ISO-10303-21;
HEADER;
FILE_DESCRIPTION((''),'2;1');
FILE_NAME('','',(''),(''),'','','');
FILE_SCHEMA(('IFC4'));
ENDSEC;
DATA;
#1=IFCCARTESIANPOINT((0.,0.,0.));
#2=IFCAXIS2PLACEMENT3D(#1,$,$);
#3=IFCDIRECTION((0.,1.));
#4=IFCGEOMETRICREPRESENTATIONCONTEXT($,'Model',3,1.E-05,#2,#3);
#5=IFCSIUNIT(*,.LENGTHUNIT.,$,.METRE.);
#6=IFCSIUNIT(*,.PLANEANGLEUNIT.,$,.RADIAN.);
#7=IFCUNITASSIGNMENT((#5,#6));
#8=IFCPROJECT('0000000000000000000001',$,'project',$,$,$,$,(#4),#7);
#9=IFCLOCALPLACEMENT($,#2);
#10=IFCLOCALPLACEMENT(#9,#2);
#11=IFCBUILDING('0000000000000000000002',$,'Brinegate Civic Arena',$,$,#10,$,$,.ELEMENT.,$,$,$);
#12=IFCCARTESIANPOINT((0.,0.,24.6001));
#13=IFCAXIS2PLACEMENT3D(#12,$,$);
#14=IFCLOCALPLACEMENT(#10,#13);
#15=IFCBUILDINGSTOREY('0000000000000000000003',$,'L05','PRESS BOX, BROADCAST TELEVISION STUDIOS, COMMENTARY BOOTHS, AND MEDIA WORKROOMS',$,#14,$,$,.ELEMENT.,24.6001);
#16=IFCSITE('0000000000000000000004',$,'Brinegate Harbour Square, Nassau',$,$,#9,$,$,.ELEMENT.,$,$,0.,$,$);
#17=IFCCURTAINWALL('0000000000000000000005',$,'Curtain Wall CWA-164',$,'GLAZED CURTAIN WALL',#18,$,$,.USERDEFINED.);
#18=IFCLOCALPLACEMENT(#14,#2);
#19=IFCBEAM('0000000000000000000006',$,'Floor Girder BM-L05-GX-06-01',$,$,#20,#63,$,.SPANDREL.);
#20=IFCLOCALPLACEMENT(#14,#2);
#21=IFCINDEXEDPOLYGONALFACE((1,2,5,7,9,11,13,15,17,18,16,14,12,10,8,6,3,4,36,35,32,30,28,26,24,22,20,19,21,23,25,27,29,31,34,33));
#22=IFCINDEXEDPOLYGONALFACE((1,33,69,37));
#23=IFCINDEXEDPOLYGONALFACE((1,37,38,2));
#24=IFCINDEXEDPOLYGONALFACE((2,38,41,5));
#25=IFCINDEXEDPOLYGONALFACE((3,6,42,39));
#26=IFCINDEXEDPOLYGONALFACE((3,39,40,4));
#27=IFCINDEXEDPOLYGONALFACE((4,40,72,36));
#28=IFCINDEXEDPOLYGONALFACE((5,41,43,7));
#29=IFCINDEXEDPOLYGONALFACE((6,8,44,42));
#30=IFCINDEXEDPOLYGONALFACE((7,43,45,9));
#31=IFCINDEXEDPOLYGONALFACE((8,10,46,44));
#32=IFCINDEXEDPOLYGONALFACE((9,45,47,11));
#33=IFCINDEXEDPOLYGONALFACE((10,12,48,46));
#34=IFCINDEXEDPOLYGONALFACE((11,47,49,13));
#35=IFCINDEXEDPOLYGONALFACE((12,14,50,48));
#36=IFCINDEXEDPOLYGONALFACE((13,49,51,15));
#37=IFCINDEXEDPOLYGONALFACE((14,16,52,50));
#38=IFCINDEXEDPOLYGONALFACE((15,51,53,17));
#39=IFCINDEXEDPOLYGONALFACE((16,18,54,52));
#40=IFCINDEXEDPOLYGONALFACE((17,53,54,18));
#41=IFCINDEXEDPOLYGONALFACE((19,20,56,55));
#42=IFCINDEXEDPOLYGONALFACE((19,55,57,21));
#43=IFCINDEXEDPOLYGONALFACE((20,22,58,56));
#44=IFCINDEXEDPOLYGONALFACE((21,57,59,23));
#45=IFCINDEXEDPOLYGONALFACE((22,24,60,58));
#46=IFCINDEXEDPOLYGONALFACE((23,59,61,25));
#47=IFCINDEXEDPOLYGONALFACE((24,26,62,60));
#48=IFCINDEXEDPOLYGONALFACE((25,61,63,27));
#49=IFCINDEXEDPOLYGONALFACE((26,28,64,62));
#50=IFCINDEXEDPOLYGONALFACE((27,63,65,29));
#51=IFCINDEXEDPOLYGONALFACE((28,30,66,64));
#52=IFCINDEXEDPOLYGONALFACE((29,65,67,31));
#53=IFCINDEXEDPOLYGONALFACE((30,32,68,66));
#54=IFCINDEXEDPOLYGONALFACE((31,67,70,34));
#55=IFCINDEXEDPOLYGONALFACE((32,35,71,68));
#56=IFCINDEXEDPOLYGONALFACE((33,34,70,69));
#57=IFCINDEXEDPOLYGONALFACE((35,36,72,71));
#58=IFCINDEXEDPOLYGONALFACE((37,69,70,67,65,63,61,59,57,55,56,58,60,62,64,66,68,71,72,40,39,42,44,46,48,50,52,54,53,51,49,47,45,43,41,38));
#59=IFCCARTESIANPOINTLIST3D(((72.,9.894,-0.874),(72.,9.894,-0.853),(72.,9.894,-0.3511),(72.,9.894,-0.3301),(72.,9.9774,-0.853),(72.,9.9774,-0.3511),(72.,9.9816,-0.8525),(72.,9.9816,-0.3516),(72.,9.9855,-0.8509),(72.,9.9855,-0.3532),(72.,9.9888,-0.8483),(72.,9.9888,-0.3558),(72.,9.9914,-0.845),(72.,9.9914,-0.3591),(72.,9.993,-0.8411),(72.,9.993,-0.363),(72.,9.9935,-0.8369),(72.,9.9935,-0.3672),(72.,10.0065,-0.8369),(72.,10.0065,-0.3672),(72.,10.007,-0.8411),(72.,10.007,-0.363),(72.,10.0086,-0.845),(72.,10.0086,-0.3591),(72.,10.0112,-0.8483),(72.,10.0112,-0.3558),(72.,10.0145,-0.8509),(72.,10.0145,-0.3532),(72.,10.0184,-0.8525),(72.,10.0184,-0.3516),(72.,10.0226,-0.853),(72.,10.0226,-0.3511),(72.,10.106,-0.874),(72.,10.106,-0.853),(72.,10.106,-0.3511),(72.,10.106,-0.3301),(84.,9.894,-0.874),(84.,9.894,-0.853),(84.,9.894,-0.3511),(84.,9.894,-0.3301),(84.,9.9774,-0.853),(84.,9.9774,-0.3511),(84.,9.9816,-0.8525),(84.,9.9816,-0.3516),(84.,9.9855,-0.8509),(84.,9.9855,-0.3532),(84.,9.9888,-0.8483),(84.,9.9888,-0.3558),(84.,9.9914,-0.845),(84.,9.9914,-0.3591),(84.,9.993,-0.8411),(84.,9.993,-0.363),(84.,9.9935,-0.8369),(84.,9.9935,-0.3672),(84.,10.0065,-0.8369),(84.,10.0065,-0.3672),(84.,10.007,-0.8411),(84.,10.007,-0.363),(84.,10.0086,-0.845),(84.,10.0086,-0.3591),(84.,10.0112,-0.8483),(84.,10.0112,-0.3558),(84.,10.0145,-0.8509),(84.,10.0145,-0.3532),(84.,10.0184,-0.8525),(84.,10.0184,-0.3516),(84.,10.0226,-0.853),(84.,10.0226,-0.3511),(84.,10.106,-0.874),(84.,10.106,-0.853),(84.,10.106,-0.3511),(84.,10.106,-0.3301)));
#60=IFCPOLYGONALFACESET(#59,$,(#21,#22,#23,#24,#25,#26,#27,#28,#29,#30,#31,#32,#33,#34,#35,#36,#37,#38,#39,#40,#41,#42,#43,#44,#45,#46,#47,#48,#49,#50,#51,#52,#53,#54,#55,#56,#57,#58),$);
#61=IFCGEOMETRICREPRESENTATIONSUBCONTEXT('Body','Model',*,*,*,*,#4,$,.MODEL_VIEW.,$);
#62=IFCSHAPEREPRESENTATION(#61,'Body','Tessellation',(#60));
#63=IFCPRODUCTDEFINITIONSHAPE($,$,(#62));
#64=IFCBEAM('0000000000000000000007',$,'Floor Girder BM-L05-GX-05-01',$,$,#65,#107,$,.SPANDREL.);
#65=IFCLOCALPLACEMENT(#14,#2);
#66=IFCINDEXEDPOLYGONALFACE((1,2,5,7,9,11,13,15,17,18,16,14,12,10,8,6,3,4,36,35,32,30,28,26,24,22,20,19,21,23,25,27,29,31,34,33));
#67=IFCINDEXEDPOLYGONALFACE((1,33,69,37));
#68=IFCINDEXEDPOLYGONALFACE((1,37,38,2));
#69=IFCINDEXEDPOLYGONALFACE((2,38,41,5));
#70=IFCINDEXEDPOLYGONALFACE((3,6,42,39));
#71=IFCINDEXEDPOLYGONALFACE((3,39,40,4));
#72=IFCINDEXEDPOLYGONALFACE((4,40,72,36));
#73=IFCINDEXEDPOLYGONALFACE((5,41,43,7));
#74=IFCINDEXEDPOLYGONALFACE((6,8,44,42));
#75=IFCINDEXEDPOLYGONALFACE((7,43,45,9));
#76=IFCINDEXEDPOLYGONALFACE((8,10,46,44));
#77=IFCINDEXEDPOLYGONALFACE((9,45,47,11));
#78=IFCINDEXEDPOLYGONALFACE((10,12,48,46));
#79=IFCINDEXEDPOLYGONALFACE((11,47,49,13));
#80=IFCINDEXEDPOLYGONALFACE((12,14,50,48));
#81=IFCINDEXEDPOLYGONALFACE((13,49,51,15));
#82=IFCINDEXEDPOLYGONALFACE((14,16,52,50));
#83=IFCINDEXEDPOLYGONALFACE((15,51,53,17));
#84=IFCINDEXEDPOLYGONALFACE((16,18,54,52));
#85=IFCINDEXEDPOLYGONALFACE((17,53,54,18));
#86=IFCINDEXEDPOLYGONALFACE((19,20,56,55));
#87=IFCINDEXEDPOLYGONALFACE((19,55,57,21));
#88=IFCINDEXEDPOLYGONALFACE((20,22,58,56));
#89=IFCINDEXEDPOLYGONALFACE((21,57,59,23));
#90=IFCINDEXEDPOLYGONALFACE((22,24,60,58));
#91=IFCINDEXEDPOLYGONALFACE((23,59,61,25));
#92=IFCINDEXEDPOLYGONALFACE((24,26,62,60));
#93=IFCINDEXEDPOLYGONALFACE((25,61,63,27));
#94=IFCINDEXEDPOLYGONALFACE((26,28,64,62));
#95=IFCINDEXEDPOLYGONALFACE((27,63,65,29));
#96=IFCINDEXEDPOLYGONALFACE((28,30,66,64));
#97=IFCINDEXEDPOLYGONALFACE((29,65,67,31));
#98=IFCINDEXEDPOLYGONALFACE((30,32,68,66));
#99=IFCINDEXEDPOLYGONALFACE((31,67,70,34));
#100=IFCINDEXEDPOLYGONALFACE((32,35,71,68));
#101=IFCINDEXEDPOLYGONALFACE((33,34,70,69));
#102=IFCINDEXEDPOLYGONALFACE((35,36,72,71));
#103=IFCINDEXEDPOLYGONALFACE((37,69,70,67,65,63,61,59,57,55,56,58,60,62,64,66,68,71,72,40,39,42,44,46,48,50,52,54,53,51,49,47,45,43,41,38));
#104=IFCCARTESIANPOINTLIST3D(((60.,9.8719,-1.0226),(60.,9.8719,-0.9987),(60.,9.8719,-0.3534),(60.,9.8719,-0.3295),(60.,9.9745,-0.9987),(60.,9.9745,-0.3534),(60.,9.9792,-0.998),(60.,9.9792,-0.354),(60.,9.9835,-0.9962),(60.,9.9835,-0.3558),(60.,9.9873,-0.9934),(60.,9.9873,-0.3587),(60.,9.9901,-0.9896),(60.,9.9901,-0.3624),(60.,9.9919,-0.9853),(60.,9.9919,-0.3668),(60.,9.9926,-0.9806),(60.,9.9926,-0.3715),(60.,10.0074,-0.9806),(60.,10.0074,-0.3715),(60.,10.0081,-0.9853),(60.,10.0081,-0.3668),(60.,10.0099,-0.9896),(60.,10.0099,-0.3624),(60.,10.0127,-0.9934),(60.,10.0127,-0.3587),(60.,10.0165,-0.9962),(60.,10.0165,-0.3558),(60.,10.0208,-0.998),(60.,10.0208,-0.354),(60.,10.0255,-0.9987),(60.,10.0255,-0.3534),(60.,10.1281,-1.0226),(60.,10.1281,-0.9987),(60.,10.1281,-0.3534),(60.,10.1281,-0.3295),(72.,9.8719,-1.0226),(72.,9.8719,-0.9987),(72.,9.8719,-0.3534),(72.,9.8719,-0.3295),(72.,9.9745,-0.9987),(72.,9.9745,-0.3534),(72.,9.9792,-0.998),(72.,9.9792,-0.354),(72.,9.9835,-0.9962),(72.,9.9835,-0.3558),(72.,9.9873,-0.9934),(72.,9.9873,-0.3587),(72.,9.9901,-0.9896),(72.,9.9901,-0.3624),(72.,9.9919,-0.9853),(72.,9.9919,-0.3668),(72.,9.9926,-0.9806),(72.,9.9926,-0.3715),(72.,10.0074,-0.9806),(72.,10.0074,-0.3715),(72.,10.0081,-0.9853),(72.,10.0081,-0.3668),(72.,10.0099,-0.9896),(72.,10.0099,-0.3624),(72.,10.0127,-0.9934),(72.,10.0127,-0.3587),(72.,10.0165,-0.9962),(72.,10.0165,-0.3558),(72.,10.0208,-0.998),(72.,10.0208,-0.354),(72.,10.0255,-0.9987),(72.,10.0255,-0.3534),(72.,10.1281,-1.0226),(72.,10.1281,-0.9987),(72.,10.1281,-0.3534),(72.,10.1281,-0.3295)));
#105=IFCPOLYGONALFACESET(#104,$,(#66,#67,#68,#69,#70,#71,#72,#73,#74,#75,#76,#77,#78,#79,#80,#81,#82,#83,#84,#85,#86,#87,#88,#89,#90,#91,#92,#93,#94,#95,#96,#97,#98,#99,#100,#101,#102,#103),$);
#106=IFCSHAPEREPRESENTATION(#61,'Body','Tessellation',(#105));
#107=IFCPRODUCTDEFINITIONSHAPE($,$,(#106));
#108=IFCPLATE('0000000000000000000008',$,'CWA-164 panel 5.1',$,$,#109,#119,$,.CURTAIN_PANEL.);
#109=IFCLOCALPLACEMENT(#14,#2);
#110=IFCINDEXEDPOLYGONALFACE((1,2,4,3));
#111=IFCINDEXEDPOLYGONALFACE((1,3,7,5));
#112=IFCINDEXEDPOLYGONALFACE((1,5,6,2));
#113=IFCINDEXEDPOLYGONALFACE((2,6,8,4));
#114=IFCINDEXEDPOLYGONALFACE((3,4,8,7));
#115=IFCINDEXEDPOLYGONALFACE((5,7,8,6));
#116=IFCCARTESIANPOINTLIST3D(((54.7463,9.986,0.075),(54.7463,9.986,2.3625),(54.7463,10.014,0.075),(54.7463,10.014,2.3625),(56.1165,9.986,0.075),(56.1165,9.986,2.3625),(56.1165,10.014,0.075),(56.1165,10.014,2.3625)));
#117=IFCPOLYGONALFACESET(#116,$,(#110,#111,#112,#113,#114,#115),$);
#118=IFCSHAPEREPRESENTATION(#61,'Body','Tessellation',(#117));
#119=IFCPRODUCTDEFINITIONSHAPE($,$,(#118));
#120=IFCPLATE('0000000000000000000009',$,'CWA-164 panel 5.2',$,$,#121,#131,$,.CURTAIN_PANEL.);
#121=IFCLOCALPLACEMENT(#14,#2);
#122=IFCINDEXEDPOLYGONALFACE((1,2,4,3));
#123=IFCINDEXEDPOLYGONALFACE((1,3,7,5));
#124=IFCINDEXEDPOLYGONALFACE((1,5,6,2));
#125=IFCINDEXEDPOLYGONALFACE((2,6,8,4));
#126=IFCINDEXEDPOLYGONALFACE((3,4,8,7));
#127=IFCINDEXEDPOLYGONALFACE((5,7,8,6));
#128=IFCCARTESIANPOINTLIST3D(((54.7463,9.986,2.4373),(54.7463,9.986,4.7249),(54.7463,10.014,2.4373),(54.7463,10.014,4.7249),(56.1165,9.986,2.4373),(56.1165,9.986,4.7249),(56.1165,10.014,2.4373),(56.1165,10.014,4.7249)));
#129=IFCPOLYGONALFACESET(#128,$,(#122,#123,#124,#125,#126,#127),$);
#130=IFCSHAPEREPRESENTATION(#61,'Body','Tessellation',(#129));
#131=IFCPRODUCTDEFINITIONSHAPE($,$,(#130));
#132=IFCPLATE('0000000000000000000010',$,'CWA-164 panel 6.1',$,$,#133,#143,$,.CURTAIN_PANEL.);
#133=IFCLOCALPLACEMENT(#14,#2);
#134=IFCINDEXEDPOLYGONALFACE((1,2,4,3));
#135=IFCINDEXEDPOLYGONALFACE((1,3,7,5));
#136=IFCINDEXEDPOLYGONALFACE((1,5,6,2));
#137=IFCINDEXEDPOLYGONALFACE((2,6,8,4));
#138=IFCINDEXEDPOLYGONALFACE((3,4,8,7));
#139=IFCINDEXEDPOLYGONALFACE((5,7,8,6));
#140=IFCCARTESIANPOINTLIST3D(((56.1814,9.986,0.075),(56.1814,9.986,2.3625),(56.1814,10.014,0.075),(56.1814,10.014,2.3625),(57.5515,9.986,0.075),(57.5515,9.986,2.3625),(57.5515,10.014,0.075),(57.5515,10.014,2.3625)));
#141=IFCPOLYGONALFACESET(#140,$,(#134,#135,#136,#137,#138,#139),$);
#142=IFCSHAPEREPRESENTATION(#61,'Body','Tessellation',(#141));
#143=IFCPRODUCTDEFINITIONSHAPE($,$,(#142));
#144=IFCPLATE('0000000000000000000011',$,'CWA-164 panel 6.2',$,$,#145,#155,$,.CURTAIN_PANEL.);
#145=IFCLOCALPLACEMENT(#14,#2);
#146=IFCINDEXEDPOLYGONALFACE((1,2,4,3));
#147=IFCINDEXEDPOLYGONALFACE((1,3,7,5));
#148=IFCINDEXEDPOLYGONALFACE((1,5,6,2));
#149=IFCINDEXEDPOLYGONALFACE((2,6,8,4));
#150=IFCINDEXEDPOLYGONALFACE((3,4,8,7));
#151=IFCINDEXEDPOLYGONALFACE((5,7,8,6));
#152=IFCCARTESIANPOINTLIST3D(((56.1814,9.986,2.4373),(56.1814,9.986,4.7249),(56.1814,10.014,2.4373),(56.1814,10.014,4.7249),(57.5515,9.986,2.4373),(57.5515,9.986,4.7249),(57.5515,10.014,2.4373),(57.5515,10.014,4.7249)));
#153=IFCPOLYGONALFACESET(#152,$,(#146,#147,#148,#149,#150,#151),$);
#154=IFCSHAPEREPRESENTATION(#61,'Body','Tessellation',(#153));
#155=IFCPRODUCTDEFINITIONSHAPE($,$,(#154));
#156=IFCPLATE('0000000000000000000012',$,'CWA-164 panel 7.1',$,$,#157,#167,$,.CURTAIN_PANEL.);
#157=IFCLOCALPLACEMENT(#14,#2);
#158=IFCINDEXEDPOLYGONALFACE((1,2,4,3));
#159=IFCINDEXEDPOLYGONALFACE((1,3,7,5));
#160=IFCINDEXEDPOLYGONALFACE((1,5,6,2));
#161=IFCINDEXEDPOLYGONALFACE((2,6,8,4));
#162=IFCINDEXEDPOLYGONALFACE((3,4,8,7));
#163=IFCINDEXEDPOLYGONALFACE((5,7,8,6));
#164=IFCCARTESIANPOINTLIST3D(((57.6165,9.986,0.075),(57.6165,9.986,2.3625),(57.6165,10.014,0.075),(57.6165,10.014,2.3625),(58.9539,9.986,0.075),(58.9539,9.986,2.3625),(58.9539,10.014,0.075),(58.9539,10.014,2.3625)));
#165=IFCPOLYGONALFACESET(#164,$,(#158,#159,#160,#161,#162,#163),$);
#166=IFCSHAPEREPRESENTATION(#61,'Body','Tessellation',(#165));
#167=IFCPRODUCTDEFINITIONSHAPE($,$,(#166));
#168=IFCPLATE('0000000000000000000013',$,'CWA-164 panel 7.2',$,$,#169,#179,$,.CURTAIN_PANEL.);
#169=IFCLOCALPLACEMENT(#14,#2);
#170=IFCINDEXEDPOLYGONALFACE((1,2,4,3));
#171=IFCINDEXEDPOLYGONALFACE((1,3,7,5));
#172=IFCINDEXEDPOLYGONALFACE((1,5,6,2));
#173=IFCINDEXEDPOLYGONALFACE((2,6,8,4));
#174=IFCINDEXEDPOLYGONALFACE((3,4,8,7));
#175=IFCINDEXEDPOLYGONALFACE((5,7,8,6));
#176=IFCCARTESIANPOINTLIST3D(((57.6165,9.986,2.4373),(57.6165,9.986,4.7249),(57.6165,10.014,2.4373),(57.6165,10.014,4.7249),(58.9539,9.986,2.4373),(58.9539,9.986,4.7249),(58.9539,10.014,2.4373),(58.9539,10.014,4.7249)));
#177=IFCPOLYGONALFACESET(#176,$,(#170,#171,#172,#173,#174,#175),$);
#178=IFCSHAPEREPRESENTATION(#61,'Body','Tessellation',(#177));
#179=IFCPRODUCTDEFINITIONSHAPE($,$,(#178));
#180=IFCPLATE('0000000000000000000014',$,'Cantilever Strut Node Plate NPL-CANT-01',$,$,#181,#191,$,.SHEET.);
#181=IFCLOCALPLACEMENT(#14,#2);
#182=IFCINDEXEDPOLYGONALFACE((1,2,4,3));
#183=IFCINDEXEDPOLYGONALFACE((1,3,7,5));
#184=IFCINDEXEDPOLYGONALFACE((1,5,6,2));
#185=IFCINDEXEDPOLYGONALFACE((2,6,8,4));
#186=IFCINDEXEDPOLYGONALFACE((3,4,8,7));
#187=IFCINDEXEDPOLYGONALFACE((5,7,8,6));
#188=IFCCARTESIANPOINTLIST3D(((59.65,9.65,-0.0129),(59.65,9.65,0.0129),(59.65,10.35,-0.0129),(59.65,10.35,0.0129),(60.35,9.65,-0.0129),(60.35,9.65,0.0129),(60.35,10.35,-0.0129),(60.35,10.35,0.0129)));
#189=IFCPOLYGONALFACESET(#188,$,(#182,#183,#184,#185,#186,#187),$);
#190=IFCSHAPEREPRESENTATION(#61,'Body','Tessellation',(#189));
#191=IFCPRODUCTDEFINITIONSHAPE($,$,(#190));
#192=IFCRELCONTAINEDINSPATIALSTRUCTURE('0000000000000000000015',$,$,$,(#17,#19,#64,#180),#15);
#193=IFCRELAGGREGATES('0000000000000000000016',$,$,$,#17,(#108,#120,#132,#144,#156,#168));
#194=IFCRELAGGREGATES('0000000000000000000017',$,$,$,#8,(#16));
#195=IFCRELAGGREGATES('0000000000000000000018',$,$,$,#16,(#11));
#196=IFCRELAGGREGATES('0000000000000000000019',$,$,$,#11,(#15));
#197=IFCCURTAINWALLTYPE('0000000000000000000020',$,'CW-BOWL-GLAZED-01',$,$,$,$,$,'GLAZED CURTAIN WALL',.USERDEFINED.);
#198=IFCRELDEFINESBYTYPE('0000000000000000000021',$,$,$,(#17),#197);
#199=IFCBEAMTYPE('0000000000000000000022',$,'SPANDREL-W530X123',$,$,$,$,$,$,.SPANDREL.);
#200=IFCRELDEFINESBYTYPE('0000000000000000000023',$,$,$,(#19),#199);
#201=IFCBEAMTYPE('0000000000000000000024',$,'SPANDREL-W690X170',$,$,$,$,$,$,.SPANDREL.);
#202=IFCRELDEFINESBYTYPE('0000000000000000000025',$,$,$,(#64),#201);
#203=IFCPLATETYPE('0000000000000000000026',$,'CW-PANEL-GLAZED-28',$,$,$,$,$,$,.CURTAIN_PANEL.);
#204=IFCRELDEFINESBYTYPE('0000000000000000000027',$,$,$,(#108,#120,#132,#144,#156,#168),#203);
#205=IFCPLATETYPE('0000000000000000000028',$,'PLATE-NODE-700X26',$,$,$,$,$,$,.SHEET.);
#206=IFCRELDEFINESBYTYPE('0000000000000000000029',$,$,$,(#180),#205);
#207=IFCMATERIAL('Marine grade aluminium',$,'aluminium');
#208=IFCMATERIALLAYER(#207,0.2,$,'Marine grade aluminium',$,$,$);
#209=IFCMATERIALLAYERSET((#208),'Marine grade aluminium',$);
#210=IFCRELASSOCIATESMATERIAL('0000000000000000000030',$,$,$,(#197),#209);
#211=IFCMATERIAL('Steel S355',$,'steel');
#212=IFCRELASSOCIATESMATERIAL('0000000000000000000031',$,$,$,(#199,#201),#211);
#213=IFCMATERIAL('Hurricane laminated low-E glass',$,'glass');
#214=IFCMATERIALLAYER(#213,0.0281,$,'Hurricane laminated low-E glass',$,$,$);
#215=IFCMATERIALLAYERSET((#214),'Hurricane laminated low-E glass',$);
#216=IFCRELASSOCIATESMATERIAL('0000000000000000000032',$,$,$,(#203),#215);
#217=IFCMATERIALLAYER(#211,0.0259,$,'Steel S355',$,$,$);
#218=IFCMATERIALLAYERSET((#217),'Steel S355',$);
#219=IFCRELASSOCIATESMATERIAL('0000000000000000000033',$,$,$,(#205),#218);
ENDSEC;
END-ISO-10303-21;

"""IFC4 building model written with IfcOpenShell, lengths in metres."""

from ifc_helpers import new_model, si_unit, direction, frame, origin, origin_2d, place, context, subcontext, project, spatial, rectangle, i_section, extrude, material, layer, layer_set, material_profile, profile_set, type_object, element, aggregate, save


model = new_model("IFC4")

# Units and contexts
model_context = context("Model", 3, precision=1e-05, world=origin(), true_north=direction((0.0, 1.0)))
body_context = subcontext(model_context, "Body", "Model", "MODEL_VIEW")
ifc_project = project(units=[si_unit("LENGTHUNIT", "METRE"), si_unit("PLANEANGLEUNIT", "RADIAN")], contexts=[model_context])

# Site, building, storey
site_placement = place(None, origin())
site = spatial("IfcSite", under=ifc_project, at=site_placement, Name="Brinegate Harbour Square, Nassau", CompositionType="ELEMENT", RefElevation=0.0)
building_placement = place(site_placement, origin())
building = spatial("IfcBuilding", under=site, at=building_placement, Name="Brinegate Civic Arena", CompositionType="ELEMENT")
storey_placement = place(building_placement, frame((0.0, 0.0, 24.6001)))
storey = spatial("IfcBuildingStorey", under=building, at=storey_placement, Name="L05", Description="PRESS BOX, BROADCAST TELEVISION STUDIOS, COMMENTARY BOOTHS, AND MEDIA WORKROOMS", CompositionType="ELEMENT", Elevation=24.6001)

# Shared definitions
ifc_material_1 = material(Name="Steel S355", Category="steel")

# Curtain wall
ifc_material_2 = material(Name="Marine grade aluminium", Category="aluminium")
ifc_layer_1 = layer(ifc_material_2, 0.2, Name="Marine grade aluminium")
ifc_layer_set_1 = layer_set([ifc_layer_1], Name="Marine grade aluminium")
curtain_wall_type = type_object("IfcCurtainWallType", Name="CW-BOWL-GLAZED-01", ElementType="GLAZED CURTAIN WALL", PredefinedType="USERDEFINED", material=ifc_layer_set_1)
curtain_wall_1_placement = place(storey_placement, origin())
curtain_wall_1 = element("IfcCurtainWall", 1, at=curtain_wall_1_placement, inside=storey, type_object=curtain_wall_type, Name="Curtain Wall CWA-164", ObjectType="GLAZED CURTAIN WALL", PredefinedType="USERDEFINED")

# Beams
ifc_material_profile_1 = material_profile(ifc_material_1, i_section(OverallWidth=0.2119, OverallDepth=0.5439, WebThickness=0.0129, FlangeThickness=0.021, FilletRadius=0.0161, at=origin_2d()), Name="W530X123")
ifc_profile_set_1 = profile_set([ifc_material_profile_1], Name="Steel S355")
beam_type_1 = type_object("IfcBeamType", Name="SPANDREL-W530X123", PredefinedType="SPANDREL", material=ifc_profile_set_1)
beam_1_placement = place(storey_placement, frame((72.0, 10.0, -0.6021), z_axis=(1.0, 0.0, 0.0), x_axis=(0.0, 1.0, 0.0)))
element("IfcBeam", 2, at=beam_1_placement, inside=storey, type_object=beam_type_1, Name="Floor Girder BM-L05-GX-06-01", PredefinedType="SPANDREL", context=body_context, shape_type="SweptSolid", body=[
    extrude(i_section(OverallWidth=0.2119, OverallDepth=0.5439, WebThickness=0.0129, FlangeThickness=0.021, FilletRadius=0.0161, at=origin_2d()), origin(), (0.0, 0.0, 1.0), 12.0),
])
ifc_material_profile_2 = material_profile(ifc_material_1, i_section(OverallWidth=0.2561, OverallDepth=0.6931, WebThickness=0.0149, FlangeThickness=0.0239, FilletRadius=0.0181, at=origin_2d()), Name="W690X170")
ifc_profile_set_2 = profile_set([ifc_material_profile_2], Name="Steel S355")
beam_type_2 = type_object("IfcBeamType", Name="SPANDREL-W690X170", PredefinedType="SPANDREL", material=ifc_profile_set_2)
beam_2_placement = place(storey_placement, frame((60.0, 10.0, -0.676), z_axis=(1.0, 0.0, 0.0), x_axis=(0.0, 1.0, 0.0)))
element("IfcBeam", 3, at=beam_2_placement, inside=storey, type_object=beam_type_2, Name="Floor Girder BM-L05-GX-05-01", PredefinedType="SPANDREL", context=body_context, shape_type="SweptSolid", body=[
    extrude(i_section(OverallWidth=0.2561, OverallDepth=0.6931, WebThickness=0.0149, FlangeThickness=0.0239, FilletRadius=0.0181, at=origin_2d()), origin(), (0.0, 0.0, 1.0), 12.0),
])

# Plates
ifc_material_3 = material(Name="Hurricane laminated low-E glass", Category="glass")
ifc_layer_2 = layer(ifc_material_3, 0.0281, Name="Hurricane laminated low-E glass")
ifc_layer_set_2 = layer_set([ifc_layer_2], Name="Hurricane laminated low-E glass")
plate_type_1 = type_object("IfcPlateType", Name="CW-PANEL-GLAZED-28", PredefinedType="CURTAIN_PANEL", material=ifc_layer_set_2)
plate_1_placement = place(storey_placement, frame((55.4314, 10.0, 0.075), z_axis=(0.0, 0.0, 1.0), x_axis=(1.0, 0.0, 0.0)))
plate_1 = element("IfcPlate", 4, at=plate_1_placement, type_object=plate_type_1, Name="CWA-164 panel 5.1", PredefinedType="CURTAIN_PANEL", context=body_context, shape_type="SweptSolid", body=[
    extrude(rectangle(XDim=1.3701, YDim=0.0281, at=origin_2d()), origin(), (0.0, 0.0, 1.0), 2.2876),
])
plate_2_placement = place(storey_placement, frame((55.4314, 10.0, 2.4373), z_axis=(0.0, 0.0, 1.0), x_axis=(1.0, 0.0, 0.0)))
plate_2 = element("IfcPlate", 5, at=plate_2_placement, type_object=plate_type_1, Name="CWA-164 panel 5.2", PredefinedType="CURTAIN_PANEL", context=body_context, shape_type="SweptSolid", body=[
    extrude(rectangle(XDim=1.3701, YDim=0.0281, at=origin_2d()), origin(), (0.0, 0.0, 1.0), 2.2876),
])
plate_3_placement = place(storey_placement, frame((56.8665, 10.0, 0.075), z_axis=(0.0, 0.0, 1.0), x_axis=(1.0, 0.0, 0.0)))
plate_3 = element("IfcPlate", 6, at=plate_3_placement, type_object=plate_type_1, Name="CWA-164 panel 6.1", PredefinedType="CURTAIN_PANEL", context=body_context, shape_type="SweptSolid", body=[
    extrude(rectangle(XDim=1.3701, YDim=0.0281, at=origin_2d()), origin(), (0.0, 0.0, 1.0), 2.2876),
])
plate_4_placement = place(storey_placement, frame((56.8665, 10.0, 2.4373), z_axis=(0.0, 0.0, 1.0), x_axis=(1.0, 0.0, 0.0)))
plate_4 = element("IfcPlate", 7, at=plate_4_placement, type_object=plate_type_1, Name="CWA-164 panel 6.2", PredefinedType="CURTAIN_PANEL", context=body_context, shape_type="SweptSolid", body=[
    extrude(rectangle(XDim=1.3701, YDim=0.0281, at=origin_2d()), origin(), (0.0, 0.0, 1.0), 2.2876),
])
plate_5_placement = place(storey_placement, frame((58.2852, 10.0, 0.075), z_axis=(0.0, 0.0, 1.0), x_axis=(1.0, 0.0, 0.0)))
plate_5 = element("IfcPlate", 8, at=plate_5_placement, type_object=plate_type_1, Name="CWA-164 panel 7.1", PredefinedType="CURTAIN_PANEL", context=body_context, shape_type="SweptSolid", body=[
    extrude(rectangle(XDim=1.3374, YDim=0.0281, at=origin_2d()), origin(), (0.0, 0.0, 1.0), 2.2876),
])
plate_6_placement = place(storey_placement, frame((58.2852, 10.0, 2.4373), z_axis=(0.0, 0.0, 1.0), x_axis=(1.0, 0.0, 0.0)))
plate_6 = element("IfcPlate", 9, at=plate_6_placement, type_object=plate_type_1, Name="CWA-164 panel 7.2", PredefinedType="CURTAIN_PANEL", context=body_context, shape_type="SweptSolid", body=[
    extrude(rectangle(XDim=1.3374, YDim=0.0281, at=origin_2d()), origin(), (0.0, 0.0, 1.0), 2.2876),
])
aggregate(curtain_wall_1, [plate_1, plate_2, plate_3, plate_4, plate_5, plate_6])
ifc_layer_3 = layer(ifc_material_1, 0.0259, Name="Steel S355")
ifc_layer_set_3 = layer_set([ifc_layer_3], Name="Steel S355")
plate_type_2 = type_object("IfcPlateType", Name="PLATE-NODE-700X26", PredefinedType="SHEET", material=ifc_layer_set_3)
plate_7_placement = place(storey_placement, frame((60.0, 10.0, -0.0129), z_axis=(0.0, 0.0, 1.0), x_axis=(1.0, 0.0, 0.0)))
element("IfcPlate", 10, at=plate_7_placement, inside=storey, type_object=plate_type_2, Name="Cantilever Strut Node Plate NPL-CANT-01", PredefinedType="SHEET", context=body_context, shape_type="SweptSolid", body=[
    extrude(rectangle(XDim=0.7, YDim=0.7, at=origin_2d()), origin(), (0.0, 0.0, 1.0), 0.0259),
])

save(model, "model.ifc")
